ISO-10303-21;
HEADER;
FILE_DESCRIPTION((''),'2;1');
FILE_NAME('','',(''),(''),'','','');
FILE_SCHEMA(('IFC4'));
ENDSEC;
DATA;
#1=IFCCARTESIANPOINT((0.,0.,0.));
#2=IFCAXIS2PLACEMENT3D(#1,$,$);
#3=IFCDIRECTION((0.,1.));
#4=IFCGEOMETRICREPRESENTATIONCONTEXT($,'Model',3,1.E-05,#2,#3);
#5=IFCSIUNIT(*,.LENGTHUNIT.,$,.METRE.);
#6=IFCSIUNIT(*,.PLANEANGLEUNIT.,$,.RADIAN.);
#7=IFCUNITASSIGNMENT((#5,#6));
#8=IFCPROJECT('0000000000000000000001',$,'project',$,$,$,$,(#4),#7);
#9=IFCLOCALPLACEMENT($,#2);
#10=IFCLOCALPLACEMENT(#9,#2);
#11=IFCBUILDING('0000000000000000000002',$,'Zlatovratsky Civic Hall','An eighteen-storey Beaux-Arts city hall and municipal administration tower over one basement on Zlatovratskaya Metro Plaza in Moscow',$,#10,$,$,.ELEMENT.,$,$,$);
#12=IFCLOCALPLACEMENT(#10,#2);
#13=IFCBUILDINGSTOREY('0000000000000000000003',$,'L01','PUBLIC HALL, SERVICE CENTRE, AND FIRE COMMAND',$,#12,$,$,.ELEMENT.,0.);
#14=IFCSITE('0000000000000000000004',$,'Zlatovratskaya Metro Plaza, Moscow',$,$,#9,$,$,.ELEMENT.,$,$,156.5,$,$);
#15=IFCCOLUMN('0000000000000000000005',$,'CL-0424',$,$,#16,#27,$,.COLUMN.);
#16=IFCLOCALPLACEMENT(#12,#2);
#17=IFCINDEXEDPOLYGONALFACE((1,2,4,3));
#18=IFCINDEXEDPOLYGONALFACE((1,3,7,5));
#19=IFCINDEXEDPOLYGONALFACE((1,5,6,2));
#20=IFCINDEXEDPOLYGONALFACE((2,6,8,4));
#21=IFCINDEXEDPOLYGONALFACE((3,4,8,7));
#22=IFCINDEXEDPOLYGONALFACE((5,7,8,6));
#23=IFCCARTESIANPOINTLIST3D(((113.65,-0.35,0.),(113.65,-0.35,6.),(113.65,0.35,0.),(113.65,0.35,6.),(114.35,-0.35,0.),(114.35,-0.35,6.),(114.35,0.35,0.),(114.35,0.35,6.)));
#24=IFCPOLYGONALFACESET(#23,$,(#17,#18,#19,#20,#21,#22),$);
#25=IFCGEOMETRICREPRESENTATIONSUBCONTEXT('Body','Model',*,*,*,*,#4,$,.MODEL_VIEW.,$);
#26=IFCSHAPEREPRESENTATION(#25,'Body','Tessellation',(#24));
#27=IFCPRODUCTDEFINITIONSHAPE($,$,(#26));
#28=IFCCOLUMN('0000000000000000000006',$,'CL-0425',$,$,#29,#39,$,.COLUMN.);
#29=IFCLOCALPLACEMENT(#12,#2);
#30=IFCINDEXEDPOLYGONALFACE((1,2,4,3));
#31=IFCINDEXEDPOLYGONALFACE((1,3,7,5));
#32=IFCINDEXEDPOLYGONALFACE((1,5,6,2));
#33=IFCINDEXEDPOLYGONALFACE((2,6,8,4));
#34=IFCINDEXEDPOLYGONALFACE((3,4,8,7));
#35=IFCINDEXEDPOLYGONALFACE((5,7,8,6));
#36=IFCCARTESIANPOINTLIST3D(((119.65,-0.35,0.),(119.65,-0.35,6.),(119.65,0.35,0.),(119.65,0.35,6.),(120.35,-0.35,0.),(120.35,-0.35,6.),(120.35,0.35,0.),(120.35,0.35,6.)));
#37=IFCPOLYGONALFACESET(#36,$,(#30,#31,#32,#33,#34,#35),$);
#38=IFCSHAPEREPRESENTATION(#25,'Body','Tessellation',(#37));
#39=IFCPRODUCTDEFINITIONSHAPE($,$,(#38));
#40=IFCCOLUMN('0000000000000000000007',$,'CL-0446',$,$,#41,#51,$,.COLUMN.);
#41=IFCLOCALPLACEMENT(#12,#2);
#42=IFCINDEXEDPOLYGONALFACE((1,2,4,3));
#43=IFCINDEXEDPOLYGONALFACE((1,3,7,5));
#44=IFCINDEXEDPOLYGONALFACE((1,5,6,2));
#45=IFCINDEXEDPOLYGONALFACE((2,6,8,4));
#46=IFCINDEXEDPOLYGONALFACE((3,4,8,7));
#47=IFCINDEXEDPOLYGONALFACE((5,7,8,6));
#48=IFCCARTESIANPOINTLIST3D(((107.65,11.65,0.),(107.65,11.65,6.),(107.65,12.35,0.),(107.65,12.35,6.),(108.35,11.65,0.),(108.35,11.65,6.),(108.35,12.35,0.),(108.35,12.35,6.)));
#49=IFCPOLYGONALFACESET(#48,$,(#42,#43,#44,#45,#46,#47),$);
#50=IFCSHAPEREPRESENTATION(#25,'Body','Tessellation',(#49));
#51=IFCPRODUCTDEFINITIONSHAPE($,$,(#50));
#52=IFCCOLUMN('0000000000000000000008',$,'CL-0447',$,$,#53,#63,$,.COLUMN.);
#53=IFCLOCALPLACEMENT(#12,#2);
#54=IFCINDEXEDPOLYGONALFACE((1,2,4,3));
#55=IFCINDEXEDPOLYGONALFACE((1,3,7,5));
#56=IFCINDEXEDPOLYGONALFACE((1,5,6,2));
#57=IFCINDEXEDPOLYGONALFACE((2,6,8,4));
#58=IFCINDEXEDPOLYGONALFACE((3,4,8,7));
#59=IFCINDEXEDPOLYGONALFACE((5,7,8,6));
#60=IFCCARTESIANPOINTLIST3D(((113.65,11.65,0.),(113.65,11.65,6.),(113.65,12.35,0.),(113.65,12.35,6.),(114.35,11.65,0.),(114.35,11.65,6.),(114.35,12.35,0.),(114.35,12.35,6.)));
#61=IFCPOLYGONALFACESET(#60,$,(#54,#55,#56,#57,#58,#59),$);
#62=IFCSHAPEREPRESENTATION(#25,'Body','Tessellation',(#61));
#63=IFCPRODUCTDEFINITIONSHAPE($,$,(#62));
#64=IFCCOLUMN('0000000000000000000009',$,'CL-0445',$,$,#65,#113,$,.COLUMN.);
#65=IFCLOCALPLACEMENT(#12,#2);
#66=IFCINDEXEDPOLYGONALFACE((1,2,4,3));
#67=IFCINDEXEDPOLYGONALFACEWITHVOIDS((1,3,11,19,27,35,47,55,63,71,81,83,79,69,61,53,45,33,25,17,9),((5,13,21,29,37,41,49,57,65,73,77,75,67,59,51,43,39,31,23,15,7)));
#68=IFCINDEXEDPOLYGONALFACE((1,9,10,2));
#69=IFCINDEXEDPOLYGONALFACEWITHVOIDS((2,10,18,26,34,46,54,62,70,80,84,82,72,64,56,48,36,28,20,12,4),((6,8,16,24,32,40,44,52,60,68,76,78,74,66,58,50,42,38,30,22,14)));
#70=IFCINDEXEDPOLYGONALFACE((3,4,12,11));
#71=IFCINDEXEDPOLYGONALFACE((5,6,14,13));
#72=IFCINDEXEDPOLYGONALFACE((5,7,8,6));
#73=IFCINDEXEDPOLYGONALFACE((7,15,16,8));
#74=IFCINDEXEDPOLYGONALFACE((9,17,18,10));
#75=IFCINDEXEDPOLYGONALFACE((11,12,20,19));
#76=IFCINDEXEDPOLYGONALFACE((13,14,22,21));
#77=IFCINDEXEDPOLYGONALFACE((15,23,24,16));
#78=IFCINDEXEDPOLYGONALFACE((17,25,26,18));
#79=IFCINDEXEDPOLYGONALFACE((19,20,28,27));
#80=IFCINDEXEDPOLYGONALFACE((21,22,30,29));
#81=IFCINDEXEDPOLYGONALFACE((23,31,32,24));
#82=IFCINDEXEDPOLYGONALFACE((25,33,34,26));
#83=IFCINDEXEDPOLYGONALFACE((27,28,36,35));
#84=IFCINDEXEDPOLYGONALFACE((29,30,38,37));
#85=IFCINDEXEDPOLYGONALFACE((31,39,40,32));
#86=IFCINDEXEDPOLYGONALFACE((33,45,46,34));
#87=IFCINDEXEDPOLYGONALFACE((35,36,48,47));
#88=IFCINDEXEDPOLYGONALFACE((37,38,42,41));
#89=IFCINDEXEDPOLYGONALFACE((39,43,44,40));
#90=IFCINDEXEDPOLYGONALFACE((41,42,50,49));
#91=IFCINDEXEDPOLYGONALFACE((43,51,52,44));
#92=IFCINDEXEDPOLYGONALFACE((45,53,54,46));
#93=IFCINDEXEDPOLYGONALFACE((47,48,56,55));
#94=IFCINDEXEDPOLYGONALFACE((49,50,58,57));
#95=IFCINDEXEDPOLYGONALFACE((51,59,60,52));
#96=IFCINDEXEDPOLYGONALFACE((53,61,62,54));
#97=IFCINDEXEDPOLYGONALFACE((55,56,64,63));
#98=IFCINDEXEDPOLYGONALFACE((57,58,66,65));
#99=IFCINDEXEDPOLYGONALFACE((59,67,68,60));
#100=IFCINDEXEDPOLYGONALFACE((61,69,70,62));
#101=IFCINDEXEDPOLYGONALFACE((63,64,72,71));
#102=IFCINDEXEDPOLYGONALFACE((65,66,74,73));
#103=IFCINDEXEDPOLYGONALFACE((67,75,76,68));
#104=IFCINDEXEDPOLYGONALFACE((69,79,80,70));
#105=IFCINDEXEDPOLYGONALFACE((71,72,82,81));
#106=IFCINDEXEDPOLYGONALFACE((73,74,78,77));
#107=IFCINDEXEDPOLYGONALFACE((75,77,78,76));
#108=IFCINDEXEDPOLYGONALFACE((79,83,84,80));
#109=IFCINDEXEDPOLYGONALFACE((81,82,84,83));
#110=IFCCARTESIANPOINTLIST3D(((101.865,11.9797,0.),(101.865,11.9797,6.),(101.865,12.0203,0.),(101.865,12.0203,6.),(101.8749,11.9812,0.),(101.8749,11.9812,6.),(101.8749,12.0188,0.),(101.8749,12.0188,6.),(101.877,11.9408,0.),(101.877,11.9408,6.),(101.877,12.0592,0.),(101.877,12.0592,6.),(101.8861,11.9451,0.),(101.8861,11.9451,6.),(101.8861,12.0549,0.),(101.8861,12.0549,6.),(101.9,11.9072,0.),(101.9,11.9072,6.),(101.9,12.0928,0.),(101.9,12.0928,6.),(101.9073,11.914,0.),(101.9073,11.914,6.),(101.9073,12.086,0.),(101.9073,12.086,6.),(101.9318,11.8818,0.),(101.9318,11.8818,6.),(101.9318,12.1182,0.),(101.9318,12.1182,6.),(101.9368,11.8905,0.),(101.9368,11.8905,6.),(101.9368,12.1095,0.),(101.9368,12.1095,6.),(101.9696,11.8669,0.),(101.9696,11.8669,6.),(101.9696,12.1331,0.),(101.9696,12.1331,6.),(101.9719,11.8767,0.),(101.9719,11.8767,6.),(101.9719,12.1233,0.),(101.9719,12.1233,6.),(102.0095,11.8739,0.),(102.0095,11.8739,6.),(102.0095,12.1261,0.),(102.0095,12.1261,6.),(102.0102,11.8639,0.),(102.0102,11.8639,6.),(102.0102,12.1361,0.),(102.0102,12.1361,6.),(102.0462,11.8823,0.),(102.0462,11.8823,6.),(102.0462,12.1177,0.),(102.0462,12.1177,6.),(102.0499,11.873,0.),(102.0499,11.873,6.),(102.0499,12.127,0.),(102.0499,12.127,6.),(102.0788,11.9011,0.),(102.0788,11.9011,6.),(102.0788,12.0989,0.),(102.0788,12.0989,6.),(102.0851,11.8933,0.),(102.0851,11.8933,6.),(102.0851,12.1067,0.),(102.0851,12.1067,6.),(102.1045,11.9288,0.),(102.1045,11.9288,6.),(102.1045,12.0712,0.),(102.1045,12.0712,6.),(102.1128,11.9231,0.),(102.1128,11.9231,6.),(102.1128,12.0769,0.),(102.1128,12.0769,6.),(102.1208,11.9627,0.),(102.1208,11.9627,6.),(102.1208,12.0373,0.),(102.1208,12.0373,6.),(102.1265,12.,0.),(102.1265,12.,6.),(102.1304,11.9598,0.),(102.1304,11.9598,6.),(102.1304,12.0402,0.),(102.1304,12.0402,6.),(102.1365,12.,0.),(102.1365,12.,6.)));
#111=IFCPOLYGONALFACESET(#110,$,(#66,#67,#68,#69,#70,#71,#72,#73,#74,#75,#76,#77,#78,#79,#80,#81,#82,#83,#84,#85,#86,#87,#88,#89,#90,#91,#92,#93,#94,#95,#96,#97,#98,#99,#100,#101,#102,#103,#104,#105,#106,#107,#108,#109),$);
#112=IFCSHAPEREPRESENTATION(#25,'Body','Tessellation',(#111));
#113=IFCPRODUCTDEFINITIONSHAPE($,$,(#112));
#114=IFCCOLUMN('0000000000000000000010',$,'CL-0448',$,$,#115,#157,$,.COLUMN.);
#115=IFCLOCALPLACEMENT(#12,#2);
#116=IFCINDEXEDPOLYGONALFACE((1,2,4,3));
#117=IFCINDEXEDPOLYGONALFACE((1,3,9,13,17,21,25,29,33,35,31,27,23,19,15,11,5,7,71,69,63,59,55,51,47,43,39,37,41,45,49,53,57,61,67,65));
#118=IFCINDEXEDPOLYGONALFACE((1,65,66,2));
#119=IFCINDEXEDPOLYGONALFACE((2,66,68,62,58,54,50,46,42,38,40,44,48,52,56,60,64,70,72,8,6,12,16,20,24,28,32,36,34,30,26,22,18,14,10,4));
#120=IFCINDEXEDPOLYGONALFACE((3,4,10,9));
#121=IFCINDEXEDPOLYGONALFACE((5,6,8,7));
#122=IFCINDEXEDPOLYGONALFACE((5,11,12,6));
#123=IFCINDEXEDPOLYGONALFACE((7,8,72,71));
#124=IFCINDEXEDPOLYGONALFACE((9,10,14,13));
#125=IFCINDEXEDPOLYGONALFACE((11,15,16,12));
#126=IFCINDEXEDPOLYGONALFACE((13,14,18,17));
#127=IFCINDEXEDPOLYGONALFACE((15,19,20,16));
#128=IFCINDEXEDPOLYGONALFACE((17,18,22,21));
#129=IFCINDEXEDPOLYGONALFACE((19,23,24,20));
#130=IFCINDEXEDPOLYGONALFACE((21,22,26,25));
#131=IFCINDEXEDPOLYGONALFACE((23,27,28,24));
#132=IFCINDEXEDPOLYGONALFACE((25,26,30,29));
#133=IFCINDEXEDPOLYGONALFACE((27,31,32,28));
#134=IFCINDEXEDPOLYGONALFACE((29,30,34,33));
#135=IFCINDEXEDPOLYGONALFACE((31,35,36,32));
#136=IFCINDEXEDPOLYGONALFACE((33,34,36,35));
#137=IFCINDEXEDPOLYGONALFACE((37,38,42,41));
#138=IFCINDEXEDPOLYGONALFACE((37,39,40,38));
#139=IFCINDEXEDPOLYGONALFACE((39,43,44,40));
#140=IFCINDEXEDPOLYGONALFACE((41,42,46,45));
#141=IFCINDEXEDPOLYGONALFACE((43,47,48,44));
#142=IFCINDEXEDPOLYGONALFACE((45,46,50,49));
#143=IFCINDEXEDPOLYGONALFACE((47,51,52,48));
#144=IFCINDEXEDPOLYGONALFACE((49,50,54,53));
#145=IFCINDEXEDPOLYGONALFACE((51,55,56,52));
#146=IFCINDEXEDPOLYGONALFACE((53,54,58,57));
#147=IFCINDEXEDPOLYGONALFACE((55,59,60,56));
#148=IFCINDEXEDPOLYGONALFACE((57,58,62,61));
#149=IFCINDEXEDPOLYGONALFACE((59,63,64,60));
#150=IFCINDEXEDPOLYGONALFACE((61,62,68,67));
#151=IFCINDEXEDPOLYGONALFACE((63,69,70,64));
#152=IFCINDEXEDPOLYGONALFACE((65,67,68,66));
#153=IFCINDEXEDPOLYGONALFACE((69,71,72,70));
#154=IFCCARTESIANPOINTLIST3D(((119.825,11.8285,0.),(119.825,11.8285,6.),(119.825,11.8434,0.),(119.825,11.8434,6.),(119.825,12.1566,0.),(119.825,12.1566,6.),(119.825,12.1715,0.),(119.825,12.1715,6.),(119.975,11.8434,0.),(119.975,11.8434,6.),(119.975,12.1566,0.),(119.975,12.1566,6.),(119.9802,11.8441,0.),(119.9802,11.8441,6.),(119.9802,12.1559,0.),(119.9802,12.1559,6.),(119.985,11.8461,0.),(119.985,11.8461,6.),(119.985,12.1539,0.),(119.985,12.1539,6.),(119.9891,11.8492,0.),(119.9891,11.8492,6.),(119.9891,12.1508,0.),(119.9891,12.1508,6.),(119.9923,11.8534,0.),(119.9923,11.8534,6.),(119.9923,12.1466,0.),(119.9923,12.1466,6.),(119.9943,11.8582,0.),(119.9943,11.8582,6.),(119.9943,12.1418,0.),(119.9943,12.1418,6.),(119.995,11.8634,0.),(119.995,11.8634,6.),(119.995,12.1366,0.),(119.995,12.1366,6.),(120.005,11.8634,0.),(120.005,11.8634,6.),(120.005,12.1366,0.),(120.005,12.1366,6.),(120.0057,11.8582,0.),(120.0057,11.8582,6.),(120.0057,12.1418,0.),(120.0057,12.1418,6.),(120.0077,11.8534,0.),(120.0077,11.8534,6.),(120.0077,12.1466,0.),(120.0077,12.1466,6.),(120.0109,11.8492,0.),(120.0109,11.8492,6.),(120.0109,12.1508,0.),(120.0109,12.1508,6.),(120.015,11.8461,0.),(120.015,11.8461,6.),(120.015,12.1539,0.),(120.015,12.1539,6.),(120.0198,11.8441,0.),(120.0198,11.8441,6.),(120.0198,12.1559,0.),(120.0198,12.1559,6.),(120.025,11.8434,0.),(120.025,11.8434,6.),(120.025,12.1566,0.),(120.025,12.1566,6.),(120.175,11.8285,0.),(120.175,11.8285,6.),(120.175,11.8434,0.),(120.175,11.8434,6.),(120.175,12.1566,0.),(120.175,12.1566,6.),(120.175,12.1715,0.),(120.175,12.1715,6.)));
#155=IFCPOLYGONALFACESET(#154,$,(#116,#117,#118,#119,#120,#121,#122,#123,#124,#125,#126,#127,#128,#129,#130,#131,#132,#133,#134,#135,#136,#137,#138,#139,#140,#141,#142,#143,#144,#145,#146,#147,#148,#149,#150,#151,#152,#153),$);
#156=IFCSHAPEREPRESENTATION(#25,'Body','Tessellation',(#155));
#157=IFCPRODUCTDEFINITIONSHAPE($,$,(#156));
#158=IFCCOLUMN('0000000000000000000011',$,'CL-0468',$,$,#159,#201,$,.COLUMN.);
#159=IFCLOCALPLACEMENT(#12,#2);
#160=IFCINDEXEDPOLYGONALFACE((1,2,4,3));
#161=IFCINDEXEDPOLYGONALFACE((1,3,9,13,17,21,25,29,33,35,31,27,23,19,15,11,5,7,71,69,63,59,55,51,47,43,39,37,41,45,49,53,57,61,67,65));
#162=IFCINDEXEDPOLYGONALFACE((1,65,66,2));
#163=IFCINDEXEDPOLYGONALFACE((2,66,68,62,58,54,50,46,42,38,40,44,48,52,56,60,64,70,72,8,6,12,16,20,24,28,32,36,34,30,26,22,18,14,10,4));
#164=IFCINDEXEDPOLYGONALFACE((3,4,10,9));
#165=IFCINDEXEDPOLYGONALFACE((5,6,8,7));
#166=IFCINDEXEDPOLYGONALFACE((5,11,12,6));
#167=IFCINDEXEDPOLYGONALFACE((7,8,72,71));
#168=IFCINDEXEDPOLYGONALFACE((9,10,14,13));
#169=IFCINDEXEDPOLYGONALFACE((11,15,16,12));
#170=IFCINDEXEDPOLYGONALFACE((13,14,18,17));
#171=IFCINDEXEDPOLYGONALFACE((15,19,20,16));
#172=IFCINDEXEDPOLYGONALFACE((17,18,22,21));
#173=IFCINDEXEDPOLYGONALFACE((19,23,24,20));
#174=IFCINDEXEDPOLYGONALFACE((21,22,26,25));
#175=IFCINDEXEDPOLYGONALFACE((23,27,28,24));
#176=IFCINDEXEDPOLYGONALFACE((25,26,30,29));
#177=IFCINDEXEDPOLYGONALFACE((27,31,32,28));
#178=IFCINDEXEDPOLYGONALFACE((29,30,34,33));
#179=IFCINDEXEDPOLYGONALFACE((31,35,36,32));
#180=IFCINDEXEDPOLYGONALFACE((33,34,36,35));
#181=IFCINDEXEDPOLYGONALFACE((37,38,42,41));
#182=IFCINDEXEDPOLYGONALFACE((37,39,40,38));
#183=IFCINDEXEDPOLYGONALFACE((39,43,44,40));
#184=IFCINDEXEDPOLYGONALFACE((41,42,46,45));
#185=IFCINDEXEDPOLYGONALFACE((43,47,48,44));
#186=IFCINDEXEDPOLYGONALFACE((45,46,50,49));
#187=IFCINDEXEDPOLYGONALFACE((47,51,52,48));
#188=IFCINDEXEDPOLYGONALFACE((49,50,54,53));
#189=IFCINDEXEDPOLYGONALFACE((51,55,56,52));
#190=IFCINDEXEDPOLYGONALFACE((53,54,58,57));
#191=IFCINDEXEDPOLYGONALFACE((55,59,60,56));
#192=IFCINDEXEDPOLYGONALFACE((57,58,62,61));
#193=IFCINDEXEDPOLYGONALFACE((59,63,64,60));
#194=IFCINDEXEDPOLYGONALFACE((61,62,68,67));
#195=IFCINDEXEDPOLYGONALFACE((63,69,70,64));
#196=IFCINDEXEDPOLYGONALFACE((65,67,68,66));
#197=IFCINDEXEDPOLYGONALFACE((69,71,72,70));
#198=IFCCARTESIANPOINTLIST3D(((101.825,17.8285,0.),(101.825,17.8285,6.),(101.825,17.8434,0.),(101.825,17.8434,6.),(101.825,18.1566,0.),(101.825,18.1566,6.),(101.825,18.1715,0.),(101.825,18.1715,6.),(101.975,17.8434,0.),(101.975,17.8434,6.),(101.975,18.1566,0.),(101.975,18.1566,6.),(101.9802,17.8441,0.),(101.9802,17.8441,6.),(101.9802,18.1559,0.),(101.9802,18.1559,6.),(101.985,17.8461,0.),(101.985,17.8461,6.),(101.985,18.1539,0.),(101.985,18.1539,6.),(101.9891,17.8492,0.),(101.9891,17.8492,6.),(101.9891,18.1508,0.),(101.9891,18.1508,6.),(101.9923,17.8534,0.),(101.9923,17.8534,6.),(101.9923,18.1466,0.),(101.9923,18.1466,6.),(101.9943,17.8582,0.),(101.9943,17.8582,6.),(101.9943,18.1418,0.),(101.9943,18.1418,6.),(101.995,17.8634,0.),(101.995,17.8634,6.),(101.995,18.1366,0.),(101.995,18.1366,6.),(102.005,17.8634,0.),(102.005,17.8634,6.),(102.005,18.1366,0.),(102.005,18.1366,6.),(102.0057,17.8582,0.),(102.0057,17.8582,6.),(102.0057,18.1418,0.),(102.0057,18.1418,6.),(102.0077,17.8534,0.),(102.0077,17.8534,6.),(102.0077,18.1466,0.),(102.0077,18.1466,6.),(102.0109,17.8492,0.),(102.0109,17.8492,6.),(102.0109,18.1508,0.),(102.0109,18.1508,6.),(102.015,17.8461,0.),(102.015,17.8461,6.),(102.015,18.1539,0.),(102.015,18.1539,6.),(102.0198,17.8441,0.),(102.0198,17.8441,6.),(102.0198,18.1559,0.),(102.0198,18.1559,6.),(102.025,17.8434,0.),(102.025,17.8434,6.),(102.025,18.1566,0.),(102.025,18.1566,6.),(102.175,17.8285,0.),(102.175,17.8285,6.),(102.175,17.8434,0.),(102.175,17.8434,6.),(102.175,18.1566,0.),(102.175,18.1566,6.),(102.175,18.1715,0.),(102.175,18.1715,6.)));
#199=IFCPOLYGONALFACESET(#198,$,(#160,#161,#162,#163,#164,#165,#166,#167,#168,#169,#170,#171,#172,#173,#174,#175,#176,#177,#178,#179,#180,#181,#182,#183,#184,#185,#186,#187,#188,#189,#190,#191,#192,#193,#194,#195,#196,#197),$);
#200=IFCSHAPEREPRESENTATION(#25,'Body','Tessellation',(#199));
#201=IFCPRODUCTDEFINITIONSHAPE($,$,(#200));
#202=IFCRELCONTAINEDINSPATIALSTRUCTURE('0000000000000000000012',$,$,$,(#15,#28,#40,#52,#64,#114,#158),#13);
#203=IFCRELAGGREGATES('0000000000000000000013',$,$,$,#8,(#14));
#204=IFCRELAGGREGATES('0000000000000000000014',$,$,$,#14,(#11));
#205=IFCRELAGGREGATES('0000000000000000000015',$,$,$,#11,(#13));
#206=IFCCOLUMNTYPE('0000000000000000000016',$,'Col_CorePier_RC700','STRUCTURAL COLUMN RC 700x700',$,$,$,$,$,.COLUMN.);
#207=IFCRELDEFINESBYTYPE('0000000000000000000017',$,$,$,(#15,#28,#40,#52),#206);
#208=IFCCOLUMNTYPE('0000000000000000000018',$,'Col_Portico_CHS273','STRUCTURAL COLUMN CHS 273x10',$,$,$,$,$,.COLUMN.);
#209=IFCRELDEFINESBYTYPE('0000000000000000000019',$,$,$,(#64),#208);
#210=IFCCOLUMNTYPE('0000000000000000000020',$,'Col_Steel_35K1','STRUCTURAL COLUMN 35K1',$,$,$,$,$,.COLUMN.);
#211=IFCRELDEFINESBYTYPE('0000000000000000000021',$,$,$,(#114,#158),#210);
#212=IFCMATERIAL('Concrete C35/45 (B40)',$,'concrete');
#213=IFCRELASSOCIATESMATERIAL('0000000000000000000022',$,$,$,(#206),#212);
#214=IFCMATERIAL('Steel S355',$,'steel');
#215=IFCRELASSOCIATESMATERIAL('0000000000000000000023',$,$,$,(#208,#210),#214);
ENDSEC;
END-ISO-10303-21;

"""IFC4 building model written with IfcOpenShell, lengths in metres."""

from ifc_helpers import new_model, si_unit, direction, frame, origin, origin_2d, place, context, subcontext, project, spatial, rectangle, hollow_circle, i_section, extrude, material, material_profile, profile_set, type_object, element, save


model = new_model("IFC4")

# Units and contexts
model_context = context("Model", 3, precision=1e-05, world=origin(), true_north=direction((0.0, 1.0)))
body_context = subcontext(model_context, "Body", "Model", "MODEL_VIEW")
ifc_project = project(units=[si_unit("LENGTHUNIT", "METRE"), si_unit("PLANEANGLEUNIT", "RADIAN")], contexts=[model_context])

# Site, building, storey
site_placement = place(None, origin())
site = spatial("IfcSite", under=ifc_project, at=site_placement, Name="Zlatovratskaya Metro Plaza, Moscow", CompositionType="ELEMENT", RefElevation=156.5)
building_placement = place(site_placement, origin())
building = spatial("IfcBuilding", under=site, at=building_placement, Name="Zlatovratsky Civic Hall", Description="An eighteen-storey Beaux-Arts city hall and municipal administration tower over one basement on Zlatovratskaya Metro Plaza in Moscow", CompositionType="ELEMENT")
storey_placement = place(building_placement, origin())
storey = spatial("IfcBuildingStorey", under=building, at=storey_placement, Name="L01", Description="PUBLIC HALL, SERVICE CENTRE, AND FIRE COMMAND", CompositionType="ELEMENT", Elevation=0.0)

# Columns
ifc_material_1 = material(Name="Concrete C35/45 (B40)", Category="concrete")
ifc_material_profile_1 = material_profile(ifc_material_1, rectangle(XDim=0.7, YDim=0.7, at=origin_2d()), Name="RC 700x700")
ifc_profile_set_1 = profile_set([ifc_material_profile_1], Name="Concrete C35/45 (B40)")
column_type_1 = type_object("IfcColumnType", Name="Col_CorePier_RC700", Description="STRUCTURAL COLUMN RC 700x700", PredefinedType="COLUMN", material=ifc_profile_set_1)
for number, where, z_axis, x_axis, name in (
    (1, (114.0, 0.0, 0.0), (0.0, 0.0, 1.0), (1.0, 0.0, 0.0), "CL-0424"),
    (2, (120.0, 0.0, 0.0), (0.0, 0.0, 1.0), (1.0, 0.0, 0.0), "CL-0425"),
    (3, (108.0, 12.0, 0.0), (0.0, 0.0, 1.0), (1.0, 0.0, 0.0), "CL-0446"),
    (4, (114.0, 12.0, 0.0), (0.0, 0.0, 1.0), (1.0, 0.0, 0.0), "CL-0447"),
):
    element("IfcColumn", number, at=place(storey_placement, frame(where, z_axis=z_axis, x_axis=x_axis)), inside=storey, type_object=column_type_1, Name=name, PredefinedType="COLUMN", context=body_context, shape_type="SweptSolid", body=[
        extrude(rectangle(XDim=0.7, YDim=0.7, at=origin_2d()), origin(), (0.0, 0.0, 1.0), 6.0),
    ])
ifc_material_2 = material(Name="Steel S355", Category="steel")
ifc_material_profile_2 = material_profile(ifc_material_2, hollow_circle(Radius=0.1365, WallThickness=0.01, at=origin_2d()), Name="CHS 273x10")
ifc_profile_set_2 = profile_set([ifc_material_profile_2], Name="Steel S355")
column_type_2 = type_object("IfcColumnType", Name="Col_Portico_CHS273", Description="STRUCTURAL COLUMN CHS 273x10", PredefinedType="COLUMN", material=ifc_profile_set_2)
column_placement = place(storey_placement, frame((102.0, 12.0, 0.0), z_axis=(0.0, 0.0, 1.0), x_axis=(1.0, 0.0, 0.0)))
element("IfcColumn", 5, at=column_placement, inside=storey, type_object=column_type_2, Name="CL-0445", PredefinedType="COLUMN", context=body_context, shape_type="SweptSolid", body=[
    extrude(hollow_circle(Radius=0.1365, WallThickness=0.01, at=origin_2d()), origin(), (0.0, 0.0, 1.0), 6.0),
])
ifc_material_profile_3 = material_profile(ifc_material_2, i_section(OverallWidth=0.3501, OverallDepth=0.343, WebThickness=0.01, FlangeThickness=0.0149, FilletRadius=0.02, at=origin_2d()), Name="35K1")
ifc_profile_set_3 = profile_set([ifc_material_profile_3], Name="Steel S355")
column_type_3 = type_object("IfcColumnType", Name="Col_Steel_35K1", Description="STRUCTURAL COLUMN 35K1", PredefinedType="COLUMN", material=ifc_profile_set_3)
for number, where, z_axis, x_axis, name in (
    (6, (120.0, 12.0, 0.0), (0.0, 0.0, 1.0), (1.0, 0.0, 0.0), "CL-0448"),
    (7, (102.0, 18.0, 0.0), (0.0, 0.0, 1.0), (1.0, 0.0, 0.0), "CL-0468"),
):
    element("IfcColumn", number, at=place(storey_placement, frame(where, z_axis=z_axis, x_axis=x_axis)), inside=storey, type_object=column_type_3, Name=name, PredefinedType="COLUMN", context=body_context, shape_type="SweptSolid", body=[
        extrude(i_section(OverallWidth=0.3501, OverallDepth=0.343, WebThickness=0.01, FlangeThickness=0.0149, FilletRadius=0.02, at=origin_2d()), origin(), (0.0, 0.0, 1.0), 6.0),
    ])

save(model, "model.ifc")
